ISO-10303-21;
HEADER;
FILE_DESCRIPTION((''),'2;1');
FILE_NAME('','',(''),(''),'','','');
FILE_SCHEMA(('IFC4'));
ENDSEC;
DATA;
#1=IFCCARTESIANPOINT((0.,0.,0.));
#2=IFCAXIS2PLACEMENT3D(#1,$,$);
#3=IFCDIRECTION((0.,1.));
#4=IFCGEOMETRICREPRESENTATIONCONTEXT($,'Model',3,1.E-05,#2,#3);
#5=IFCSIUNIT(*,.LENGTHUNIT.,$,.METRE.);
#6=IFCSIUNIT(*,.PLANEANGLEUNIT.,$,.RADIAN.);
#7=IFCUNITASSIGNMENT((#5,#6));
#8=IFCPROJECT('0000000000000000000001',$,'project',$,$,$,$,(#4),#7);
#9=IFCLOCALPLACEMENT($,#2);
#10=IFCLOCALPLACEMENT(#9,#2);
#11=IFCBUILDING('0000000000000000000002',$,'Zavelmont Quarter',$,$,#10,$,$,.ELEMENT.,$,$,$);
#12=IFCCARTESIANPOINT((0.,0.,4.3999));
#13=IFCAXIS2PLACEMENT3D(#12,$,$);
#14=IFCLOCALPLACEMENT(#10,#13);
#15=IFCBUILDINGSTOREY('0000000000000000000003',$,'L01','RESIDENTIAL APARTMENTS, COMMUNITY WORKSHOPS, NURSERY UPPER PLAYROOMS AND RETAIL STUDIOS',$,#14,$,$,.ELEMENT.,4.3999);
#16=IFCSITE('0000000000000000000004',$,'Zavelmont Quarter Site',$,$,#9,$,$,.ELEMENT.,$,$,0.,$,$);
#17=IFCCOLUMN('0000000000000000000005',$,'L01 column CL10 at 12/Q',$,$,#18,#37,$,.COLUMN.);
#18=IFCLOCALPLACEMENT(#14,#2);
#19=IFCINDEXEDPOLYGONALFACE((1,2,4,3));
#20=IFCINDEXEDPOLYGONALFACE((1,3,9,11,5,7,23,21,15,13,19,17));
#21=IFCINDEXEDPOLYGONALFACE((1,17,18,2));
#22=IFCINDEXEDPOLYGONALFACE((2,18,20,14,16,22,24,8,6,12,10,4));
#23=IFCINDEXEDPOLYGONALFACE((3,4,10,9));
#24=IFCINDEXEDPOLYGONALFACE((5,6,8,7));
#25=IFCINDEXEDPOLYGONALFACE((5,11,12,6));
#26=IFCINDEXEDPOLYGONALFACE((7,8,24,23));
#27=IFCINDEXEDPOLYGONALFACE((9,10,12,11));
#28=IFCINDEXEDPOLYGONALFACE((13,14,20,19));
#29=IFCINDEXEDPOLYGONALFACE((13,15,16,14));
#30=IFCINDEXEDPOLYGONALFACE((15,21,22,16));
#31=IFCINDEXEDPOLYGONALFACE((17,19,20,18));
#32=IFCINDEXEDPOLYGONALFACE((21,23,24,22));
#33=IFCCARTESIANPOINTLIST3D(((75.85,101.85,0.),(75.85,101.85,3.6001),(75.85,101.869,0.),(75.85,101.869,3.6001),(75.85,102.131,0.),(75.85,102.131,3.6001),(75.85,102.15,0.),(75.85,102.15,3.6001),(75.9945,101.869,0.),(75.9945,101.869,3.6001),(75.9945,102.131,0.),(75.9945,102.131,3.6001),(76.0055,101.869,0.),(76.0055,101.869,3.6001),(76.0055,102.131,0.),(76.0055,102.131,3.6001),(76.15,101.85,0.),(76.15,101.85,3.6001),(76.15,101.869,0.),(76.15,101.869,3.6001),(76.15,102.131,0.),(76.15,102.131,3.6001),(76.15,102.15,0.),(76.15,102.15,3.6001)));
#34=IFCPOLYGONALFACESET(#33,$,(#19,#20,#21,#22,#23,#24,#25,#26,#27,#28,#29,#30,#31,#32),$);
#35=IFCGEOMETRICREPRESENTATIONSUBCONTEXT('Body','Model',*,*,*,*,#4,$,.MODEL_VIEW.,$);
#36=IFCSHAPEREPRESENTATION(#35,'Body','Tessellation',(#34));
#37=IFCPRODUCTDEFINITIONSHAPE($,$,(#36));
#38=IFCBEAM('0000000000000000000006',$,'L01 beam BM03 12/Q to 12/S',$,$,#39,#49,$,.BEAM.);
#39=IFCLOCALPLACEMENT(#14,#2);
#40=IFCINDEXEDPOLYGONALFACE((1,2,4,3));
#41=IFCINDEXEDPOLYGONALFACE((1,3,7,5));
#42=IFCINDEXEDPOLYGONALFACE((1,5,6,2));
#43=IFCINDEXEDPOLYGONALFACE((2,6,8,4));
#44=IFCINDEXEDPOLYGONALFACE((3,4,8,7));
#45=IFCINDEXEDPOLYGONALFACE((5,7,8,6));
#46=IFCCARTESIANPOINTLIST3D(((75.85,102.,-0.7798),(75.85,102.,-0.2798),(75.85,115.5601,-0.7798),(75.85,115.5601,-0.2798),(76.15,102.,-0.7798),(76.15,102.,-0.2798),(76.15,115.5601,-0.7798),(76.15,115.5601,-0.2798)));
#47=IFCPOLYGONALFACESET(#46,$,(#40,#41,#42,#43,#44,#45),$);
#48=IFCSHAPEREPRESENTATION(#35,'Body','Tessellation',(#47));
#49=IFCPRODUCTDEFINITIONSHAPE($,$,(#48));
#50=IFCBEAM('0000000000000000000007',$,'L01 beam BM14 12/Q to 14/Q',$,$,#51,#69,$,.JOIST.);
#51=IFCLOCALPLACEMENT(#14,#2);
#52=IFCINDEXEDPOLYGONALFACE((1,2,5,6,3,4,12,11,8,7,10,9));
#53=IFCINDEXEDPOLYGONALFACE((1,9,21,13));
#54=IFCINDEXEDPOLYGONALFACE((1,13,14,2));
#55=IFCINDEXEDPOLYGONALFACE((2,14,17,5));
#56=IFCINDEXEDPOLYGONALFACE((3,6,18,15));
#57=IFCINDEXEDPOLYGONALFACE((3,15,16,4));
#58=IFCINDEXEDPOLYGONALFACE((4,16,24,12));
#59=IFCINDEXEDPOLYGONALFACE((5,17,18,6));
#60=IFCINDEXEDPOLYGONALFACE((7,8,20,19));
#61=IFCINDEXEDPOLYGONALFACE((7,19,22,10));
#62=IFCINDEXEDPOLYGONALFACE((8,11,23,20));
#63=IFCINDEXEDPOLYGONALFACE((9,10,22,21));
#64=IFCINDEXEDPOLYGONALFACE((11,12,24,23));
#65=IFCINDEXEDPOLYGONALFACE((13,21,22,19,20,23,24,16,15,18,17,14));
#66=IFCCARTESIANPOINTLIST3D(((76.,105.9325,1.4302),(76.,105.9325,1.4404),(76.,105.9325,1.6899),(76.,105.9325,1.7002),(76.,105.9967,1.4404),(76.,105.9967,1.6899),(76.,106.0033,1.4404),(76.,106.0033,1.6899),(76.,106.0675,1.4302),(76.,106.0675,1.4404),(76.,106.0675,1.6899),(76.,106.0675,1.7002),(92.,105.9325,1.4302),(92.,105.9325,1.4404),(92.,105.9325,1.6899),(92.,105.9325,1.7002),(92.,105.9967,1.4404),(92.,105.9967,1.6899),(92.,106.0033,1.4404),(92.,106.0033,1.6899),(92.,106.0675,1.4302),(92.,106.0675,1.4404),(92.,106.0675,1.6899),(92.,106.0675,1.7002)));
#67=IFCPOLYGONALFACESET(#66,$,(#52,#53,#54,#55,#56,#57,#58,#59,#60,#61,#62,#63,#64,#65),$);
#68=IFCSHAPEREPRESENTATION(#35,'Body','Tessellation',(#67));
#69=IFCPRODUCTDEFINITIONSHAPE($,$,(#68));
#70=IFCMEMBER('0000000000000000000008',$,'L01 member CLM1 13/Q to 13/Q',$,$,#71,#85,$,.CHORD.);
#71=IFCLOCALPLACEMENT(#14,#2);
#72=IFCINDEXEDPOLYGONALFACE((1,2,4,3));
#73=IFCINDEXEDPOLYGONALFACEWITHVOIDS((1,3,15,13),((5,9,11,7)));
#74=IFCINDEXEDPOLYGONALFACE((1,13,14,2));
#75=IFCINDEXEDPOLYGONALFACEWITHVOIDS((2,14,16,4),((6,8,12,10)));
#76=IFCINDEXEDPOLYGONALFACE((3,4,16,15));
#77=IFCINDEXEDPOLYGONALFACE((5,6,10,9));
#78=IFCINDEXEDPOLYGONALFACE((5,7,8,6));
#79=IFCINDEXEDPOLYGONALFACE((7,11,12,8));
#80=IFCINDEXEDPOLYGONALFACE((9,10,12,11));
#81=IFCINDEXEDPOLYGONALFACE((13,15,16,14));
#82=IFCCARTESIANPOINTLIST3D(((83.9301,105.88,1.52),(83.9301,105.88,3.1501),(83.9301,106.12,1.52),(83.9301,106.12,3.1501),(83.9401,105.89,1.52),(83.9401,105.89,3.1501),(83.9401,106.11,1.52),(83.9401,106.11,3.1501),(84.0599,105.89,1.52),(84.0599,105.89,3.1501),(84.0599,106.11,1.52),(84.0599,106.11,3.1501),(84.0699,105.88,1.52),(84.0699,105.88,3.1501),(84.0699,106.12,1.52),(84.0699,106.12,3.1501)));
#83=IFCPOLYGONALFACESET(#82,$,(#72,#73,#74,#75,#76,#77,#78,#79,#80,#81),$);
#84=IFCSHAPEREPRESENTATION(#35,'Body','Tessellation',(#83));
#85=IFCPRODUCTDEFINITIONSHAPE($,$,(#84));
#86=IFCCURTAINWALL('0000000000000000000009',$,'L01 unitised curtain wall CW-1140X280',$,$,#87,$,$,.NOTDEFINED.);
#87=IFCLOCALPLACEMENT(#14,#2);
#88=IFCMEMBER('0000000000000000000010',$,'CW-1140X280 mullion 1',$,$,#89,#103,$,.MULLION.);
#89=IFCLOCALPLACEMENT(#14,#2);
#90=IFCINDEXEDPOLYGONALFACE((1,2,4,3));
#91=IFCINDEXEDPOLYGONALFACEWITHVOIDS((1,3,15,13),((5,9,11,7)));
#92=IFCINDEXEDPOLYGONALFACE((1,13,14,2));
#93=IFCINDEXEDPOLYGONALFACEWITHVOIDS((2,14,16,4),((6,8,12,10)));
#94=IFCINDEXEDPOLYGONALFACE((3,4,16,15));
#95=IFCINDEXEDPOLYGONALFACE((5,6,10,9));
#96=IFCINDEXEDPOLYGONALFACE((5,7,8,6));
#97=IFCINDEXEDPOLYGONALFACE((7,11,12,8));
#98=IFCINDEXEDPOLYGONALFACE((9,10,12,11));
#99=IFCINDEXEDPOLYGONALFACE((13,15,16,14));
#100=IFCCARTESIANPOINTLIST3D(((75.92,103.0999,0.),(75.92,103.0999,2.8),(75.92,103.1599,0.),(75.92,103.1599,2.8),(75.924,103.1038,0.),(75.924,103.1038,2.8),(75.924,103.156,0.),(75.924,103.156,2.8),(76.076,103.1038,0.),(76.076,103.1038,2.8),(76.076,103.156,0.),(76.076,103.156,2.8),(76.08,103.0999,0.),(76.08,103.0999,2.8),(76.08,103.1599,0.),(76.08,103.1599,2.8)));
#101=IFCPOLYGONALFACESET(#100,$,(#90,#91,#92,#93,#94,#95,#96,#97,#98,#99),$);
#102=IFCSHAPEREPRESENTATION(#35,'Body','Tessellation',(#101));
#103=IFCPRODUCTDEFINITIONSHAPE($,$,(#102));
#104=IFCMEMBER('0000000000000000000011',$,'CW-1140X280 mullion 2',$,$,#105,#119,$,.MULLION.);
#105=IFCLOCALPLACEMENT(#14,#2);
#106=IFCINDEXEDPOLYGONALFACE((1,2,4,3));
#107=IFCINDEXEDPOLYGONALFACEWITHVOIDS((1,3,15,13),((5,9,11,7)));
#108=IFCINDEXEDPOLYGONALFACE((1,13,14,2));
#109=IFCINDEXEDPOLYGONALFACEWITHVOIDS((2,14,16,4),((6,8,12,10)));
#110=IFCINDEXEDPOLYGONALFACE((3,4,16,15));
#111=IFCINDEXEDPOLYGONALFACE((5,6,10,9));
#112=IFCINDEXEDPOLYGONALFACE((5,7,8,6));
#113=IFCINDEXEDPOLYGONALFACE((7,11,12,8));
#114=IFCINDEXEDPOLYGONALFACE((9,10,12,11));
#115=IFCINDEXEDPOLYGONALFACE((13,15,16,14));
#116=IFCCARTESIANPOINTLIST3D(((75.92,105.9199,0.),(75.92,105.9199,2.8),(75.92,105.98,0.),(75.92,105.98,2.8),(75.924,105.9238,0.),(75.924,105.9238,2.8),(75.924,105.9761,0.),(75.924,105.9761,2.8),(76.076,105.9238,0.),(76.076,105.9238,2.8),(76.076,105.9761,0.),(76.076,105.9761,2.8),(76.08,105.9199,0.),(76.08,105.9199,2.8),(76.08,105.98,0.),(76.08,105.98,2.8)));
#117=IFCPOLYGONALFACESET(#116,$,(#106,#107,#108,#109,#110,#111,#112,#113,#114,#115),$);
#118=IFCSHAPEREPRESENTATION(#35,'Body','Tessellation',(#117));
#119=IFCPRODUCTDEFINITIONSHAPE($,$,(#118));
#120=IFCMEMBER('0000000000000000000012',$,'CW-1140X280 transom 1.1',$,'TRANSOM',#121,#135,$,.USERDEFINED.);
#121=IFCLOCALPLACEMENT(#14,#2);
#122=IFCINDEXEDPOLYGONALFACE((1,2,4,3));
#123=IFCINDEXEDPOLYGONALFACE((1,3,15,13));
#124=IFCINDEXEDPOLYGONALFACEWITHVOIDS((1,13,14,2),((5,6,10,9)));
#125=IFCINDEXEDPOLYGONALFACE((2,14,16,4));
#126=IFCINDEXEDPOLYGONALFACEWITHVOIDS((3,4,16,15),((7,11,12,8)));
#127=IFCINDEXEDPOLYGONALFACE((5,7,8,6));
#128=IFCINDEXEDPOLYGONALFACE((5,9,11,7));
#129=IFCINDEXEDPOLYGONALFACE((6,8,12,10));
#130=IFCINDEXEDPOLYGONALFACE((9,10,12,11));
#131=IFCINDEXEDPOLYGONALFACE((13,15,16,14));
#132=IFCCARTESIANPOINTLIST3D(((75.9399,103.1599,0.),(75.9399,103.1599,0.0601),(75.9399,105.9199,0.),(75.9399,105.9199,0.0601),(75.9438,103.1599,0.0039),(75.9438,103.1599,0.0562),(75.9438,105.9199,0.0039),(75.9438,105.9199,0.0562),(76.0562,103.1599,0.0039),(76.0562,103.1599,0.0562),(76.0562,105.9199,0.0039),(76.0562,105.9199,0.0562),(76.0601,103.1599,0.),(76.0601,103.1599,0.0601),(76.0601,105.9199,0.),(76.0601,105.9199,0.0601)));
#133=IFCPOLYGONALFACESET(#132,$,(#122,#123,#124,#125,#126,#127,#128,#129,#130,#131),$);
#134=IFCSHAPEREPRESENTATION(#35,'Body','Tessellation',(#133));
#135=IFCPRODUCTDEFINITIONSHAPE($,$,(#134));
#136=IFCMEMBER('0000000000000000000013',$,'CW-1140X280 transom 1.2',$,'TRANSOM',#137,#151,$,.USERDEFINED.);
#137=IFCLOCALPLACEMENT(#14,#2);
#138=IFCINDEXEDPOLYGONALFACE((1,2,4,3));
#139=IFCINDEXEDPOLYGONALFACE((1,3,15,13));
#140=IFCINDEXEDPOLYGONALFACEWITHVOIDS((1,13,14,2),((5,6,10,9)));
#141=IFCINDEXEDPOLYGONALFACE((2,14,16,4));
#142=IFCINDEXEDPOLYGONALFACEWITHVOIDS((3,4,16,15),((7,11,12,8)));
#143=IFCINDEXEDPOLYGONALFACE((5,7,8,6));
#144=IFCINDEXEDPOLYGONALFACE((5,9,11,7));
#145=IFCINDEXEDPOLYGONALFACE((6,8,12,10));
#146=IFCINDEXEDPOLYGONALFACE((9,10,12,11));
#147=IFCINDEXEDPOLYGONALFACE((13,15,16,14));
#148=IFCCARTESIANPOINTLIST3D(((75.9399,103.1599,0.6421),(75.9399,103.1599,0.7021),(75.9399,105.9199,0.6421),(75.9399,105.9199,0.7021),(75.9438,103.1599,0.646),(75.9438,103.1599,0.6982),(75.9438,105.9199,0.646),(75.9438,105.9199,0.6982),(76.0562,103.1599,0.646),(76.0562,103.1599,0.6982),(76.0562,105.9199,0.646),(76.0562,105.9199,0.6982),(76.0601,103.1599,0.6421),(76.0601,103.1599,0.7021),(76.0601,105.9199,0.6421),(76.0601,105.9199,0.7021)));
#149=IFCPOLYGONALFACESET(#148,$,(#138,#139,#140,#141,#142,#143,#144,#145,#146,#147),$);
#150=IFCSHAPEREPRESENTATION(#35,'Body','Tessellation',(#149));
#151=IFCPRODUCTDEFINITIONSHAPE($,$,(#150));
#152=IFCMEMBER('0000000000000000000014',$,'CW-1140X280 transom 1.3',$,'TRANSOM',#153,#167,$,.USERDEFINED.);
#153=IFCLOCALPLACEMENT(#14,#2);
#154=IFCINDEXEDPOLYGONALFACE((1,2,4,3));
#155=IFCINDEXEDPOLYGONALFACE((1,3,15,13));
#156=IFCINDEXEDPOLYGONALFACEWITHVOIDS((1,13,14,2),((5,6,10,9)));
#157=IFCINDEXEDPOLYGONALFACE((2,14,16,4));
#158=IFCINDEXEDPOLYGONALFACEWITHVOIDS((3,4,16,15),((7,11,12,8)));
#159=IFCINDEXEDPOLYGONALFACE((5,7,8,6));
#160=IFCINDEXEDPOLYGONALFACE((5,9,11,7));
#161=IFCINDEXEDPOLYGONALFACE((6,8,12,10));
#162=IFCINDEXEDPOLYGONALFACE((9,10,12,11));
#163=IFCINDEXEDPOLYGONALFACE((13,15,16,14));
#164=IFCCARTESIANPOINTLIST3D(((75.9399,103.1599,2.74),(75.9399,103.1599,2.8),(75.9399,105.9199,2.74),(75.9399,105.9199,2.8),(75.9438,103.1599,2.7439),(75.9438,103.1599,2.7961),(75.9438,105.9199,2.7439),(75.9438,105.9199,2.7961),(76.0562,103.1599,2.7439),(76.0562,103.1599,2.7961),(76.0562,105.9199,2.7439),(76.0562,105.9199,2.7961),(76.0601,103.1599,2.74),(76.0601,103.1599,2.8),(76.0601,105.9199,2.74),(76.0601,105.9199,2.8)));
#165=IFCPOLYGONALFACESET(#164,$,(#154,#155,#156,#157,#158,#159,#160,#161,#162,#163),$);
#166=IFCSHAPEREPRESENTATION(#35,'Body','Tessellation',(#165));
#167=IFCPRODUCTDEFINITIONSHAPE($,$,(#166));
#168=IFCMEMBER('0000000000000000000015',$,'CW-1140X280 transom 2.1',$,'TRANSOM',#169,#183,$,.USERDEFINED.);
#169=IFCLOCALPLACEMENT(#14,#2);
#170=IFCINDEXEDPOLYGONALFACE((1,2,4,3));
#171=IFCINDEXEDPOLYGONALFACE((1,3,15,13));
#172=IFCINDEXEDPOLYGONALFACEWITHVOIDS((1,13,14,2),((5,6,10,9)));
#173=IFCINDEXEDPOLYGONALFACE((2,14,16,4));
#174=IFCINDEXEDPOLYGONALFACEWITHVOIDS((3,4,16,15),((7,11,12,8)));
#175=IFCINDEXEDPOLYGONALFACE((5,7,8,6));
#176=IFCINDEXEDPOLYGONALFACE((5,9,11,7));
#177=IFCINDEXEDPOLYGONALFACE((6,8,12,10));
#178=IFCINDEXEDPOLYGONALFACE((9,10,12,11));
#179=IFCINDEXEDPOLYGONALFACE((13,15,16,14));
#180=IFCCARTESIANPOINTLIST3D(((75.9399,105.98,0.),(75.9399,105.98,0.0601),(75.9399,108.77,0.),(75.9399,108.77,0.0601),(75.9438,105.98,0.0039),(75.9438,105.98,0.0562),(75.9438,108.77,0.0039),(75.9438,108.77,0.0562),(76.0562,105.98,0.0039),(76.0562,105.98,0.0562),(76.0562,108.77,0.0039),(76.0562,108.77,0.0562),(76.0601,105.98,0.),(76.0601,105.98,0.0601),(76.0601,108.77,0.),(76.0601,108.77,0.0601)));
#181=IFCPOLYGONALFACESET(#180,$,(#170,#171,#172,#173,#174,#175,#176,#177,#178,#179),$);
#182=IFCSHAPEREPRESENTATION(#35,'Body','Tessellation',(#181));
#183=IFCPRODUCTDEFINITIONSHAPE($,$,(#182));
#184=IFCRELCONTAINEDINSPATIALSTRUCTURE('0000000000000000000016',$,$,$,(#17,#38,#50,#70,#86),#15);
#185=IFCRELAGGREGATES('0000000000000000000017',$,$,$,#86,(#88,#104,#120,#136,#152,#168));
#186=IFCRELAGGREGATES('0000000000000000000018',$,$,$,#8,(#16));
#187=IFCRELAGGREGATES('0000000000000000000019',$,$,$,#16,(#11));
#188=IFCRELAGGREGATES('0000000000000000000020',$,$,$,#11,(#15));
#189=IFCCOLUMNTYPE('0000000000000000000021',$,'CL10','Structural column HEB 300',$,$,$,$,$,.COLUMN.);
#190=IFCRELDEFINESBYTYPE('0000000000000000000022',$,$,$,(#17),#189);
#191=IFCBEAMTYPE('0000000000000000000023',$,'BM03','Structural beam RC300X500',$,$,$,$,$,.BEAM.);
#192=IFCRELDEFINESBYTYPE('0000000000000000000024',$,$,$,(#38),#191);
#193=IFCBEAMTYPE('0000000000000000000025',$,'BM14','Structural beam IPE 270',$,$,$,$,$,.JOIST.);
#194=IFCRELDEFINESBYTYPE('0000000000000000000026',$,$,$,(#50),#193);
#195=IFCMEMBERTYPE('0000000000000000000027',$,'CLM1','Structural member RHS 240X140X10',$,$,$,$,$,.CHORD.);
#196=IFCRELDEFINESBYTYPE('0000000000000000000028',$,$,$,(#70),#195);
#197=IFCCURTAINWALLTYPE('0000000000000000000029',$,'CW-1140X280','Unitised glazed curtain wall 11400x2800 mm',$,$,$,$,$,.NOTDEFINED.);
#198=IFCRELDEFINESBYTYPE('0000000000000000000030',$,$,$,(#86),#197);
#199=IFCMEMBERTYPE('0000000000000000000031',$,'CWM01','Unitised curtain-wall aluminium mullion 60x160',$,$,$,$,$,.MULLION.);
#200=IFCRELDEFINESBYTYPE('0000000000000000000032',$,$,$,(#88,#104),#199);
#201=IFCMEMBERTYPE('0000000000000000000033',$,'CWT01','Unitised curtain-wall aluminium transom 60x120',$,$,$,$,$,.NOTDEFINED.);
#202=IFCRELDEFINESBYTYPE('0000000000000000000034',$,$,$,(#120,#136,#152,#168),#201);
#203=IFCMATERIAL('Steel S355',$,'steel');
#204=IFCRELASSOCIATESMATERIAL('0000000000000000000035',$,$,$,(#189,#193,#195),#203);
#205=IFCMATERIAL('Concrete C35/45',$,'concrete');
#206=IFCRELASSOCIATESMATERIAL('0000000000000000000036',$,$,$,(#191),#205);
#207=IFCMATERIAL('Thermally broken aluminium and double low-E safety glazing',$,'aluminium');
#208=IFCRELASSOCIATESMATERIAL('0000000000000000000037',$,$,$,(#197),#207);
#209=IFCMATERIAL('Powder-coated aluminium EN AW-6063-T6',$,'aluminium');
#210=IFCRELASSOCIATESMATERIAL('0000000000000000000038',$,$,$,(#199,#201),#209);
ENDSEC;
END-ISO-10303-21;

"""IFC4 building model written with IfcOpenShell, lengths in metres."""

from ifc_helpers import new_model, si_unit, direction, frame, origin, origin_2d, place, context, subcontext, project, spatial, rectangle, hollow_rectangle, i_section, extrude, material, material_profile, profile_set, type_object, element, aggregate, save


model = new_model("IFC4")

# Units and contexts
model_context = context("Model", 3, precision=1e-05, world=origin(), true_north=direction((0.0, 1.0)))
body_context = subcontext(model_context, "Body", "Model", "MODEL_VIEW")
ifc_project = project(units=[si_unit("LENGTHUNIT", "METRE"), si_unit("PLANEANGLEUNIT", "RADIAN")], contexts=[model_context])

# Site, building, storey
site_placement = place(None, origin())
site = spatial("IfcSite", under=ifc_project, at=site_placement, Name="Zavelmont Quarter Site", CompositionType="ELEMENT", RefElevation=0.0)
building_placement = place(site_placement, origin())
building = spatial("IfcBuilding", under=site, at=building_placement, Name="Zavelmont Quarter", CompositionType="ELEMENT")
storey_placement = place(building_placement, frame((0.0, 0.0, 4.3999)))
storey = spatial("IfcBuildingStorey", under=building, at=storey_placement, Name="L01", Description="RESIDENTIAL APARTMENTS, COMMUNITY WORKSHOPS, NURSERY UPPER PLAYROOMS AND RETAIL STUDIOS", CompositionType="ELEMENT", Elevation=4.3999)

# Column
ifc_material_1 = material(Name="Steel S355", Category="steel")
ifc_material_profile_1 = material_profile(ifc_material_1, i_section(OverallWidth=0.3, OverallDepth=0.3, WebThickness=0.011, FlangeThickness=0.019, at=origin_2d()), Name="HEB 300")
ifc_profile_set_1 = profile_set([ifc_material_profile_1], Name="Steel S355")
column_type = type_object("IfcColumnType", Name="CL10", Description="Structural column HEB 300", PredefinedType="COLUMN", material=ifc_profile_set_1)
column_placement = place(storey_placement, frame((76.0, 102.0, 0.0), z_axis=(0.0, 0.0, 1.0), x_axis=(1.0, 0.0, 0.0)))
element("IfcColumn", 1, at=column_placement, inside=storey, type_object=column_type, Name="L01 column CL10 at 12/Q", PredefinedType="COLUMN", context=body_context, shape_type="SweptSolid", body=[
    extrude(i_section(OverallWidth=0.3, OverallDepth=0.3, WebThickness=0.011, FlangeThickness=0.019, at=origin_2d()), origin(), (0.0, 0.0, 1.0), 3.6001),
])

# Beams
ifc_material_2 = material(Name="Concrete C35/45", Category="concrete")
ifc_material_profile_2 = material_profile(ifc_material_2, rectangle(XDim=0.3, YDim=0.5, at=origin_2d()), Name="RC300X500")
ifc_profile_set_2 = profile_set([ifc_material_profile_2], Name="Concrete C35/45")
beam_type_1 = type_object("IfcBeamType", Name="BM03", Description="Structural beam RC300X500", PredefinedType="BEAM", material=ifc_profile_set_2)
beam_1_placement = place(storey_placement, frame((76.0, 102.0, -0.5298), z_axis=(0.0, 1.0, 0.0), x_axis=(-1.0, 0.0, 0.0)))
element("IfcBeam", 2, at=beam_1_placement, inside=storey, type_object=beam_type_1, Name="L01 beam BM03 12/Q to 12/S", PredefinedType="BEAM", context=body_context, shape_type="SweptSolid", body=[
    extrude(rectangle(XDim=0.3, YDim=0.5, at=origin_2d()), origin(), (0.0, 0.0, 1.0), 13.5601),
])
ifc_material_profile_3 = material_profile(ifc_material_1, i_section(OverallWidth=0.135, OverallDepth=0.27, WebThickness=0.0066, FlangeThickness=0.0103, at=origin_2d()), Name="IPE 270")
ifc_profile_set_3 = profile_set([ifc_material_profile_3], Name="Steel S355")
beam_type_2 = type_object("IfcBeamType", Name="BM14", Description="Structural beam IPE 270", PredefinedType="JOIST", material=ifc_profile_set_3)
beam_2_placement = place(storey_placement, frame((76.0, 106.0, 1.5652), z_axis=(1.0, 0.0, 0.0), x_axis=(0.0, 1.0, 0.0)))
element("IfcBeam", 3, at=beam_2_placement, inside=storey, type_object=beam_type_2, Name="L01 beam BM14 12/Q to 14/Q", PredefinedType="JOIST", context=body_context, shape_type="SweptSolid", body=[
    extrude(i_section(OverallWidth=0.135, OverallDepth=0.27, WebThickness=0.0066, FlangeThickness=0.0103, at=origin_2d()), origin(), (0.0, 0.0, 1.0), 16.0),
])

# Member
ifc_material_profile_4 = material_profile(ifc_material_1, hollow_rectangle(XDim=0.1399, YDim=0.24, WallThickness=0.01, at=origin_2d()), Name="RHS 240X140X10")
ifc_profile_set_4 = profile_set([ifc_material_profile_4], Name="Steel S355")
member_type_1 = type_object("IfcMemberType", Name="CLM1", Description="Structural member RHS 240X140X10", PredefinedType="CHORD", material=ifc_profile_set_4)
member_1_placement = place(storey_placement, frame((84.0, 106.0, 1.52), z_axis=(0.0, 0.0, 1.0), x_axis=(1.0, 0.0, 0.0)))
element("IfcMember", 4, at=member_1_placement, inside=storey, type_object=member_type_1, Name="L01 member CLM1 13/Q to 13/Q", PredefinedType="CHORD", context=body_context, shape_type="SweptSolid", body=[
    extrude(hollow_rectangle(XDim=0.1399, YDim=0.24, WallThickness=0.01, at=origin_2d()), origin(), (0.0, 0.0, 1.0), 1.6301),
])

# Curtain wall, members
ifc_material_3 = material(Name="Thermally broken aluminium and double low-E safety glazing", Category="aluminium")
curtain_wall_type = type_object("IfcCurtainWallType", Name="CW-1140X280", Description="Unitised glazed curtain wall 11400x2800 mm", PredefinedType="NOTDEFINED", material=ifc_material_3)
curtain_wall_placement = place(storey_placement, origin())
curtain_wall = element("IfcCurtainWall", 5, at=curtain_wall_placement, inside=storey, type_object=curtain_wall_type, Name="L01 unitised curtain wall CW-1140X280", PredefinedType="NOTDEFINED")
ifc_material_4 = material(Name="Powder-coated aluminium EN AW-6063-T6", Category="aluminium")
ifc_material_profile_5 = material_profile(ifc_material_4, hollow_rectangle(XDim=0.0601, YDim=0.1599, WallThickness=0.0039, at=origin_2d()), Name="CWM60X160")
ifc_profile_set_5 = profile_set([ifc_material_profile_5], Name="Powder-coated aluminium EN AW-6063-T6")
member_type_2 = type_object("IfcMemberType", Name="CWM01", Description="Unitised curtain-wall aluminium mullion 60x160", PredefinedType="MULLION", material=ifc_profile_set_5)
member_2_placement = place(storey_placement, frame((76.0, 103.1299, 0.0), z_axis=(0.0, 0.0, 1.0), x_axis=(0.0, 1.0, 0.0)))
member_2 = element("IfcMember", 6, at=member_2_placement, type_object=member_type_2, Name="CW-1140X280 mullion 1", PredefinedType="MULLION", context=body_context, shape_type="SweptSolid", body=[
    extrude(hollow_rectangle(XDim=0.0601, YDim=0.1599, WallThickness=0.0039, at=origin_2d()), origin(), (0.0, 0.0, 1.0), 2.8),
])
member_3_placement = place(storey_placement, frame((76.0, 105.95, 0.0), z_axis=(0.0, 0.0, 1.0), x_axis=(0.0, 1.0, 0.0)))
member_3 = element("IfcMember", 7, at=member_3_placement, type_object=member_type_2, Name="CW-1140X280 mullion 2", PredefinedType="MULLION", context=body_context, shape_type="SweptSolid", body=[
    extrude(hollow_rectangle(XDim=0.0601, YDim=0.1599, WallThickness=0.0039, at=origin_2d()), origin(), (0.0, 0.0, 1.0), 2.8),
])
ifc_material_profile_6 = material_profile(ifc_material_4, hollow_rectangle(XDim=0.1201, YDim=0.0601, WallThickness=0.0039, at=origin_2d()), Name="CWT60X120")
ifc_profile_set_6 = profile_set([ifc_material_profile_6], Name="Powder-coated aluminium EN AW-6063-T6")
member_type_3 = type_object("IfcMemberType", Name="CWT01", Description="Unitised curtain-wall aluminium transom 60x120", PredefinedType="NOTDEFINED", material=ifc_profile_set_6)
member_4_placement = place(storey_placement, frame((76.0, 103.1599, 0.03), z_axis=(0.0, 1.0, 0.0), x_axis=(-1.0, 0.0, 0.0)))
member_4 = element("IfcMember", 8, at=member_4_placement, type_object=member_type_3, Name="CW-1140X280 transom 1.1", ObjectType="TRANSOM", PredefinedType="USERDEFINED", context=body_context, shape_type="SweptSolid", body=[
    extrude(hollow_rectangle(XDim=0.1201, YDim=0.0601, WallThickness=0.0039, at=origin_2d()), origin(), (0.0, 0.0, 1.0), 2.76),
])
member_5_placement = place(storey_placement, frame((76.0, 103.1599, 0.6721), z_axis=(0.0, 1.0, 0.0), x_axis=(-1.0, 0.0, 0.0)))
member_5 = element("IfcMember", 9, at=member_5_placement, type_object=member_type_3, Name="CW-1140X280 transom 1.2", ObjectType="TRANSOM", PredefinedType="USERDEFINED", context=body_context, shape_type="SweptSolid", body=[
    extrude(hollow_rectangle(XDim=0.1201, YDim=0.0601, WallThickness=0.0039, at=origin_2d()), origin(), (0.0, 0.0, 1.0), 2.76),
])
member_6_placement = place(storey_placement, frame((76.0, 103.1599, 2.77), z_axis=(0.0, 1.0, 0.0), x_axis=(-1.0, 0.0, 0.0)))
member_6 = element("IfcMember", 10, at=member_6_placement, type_object=member_type_3, Name="CW-1140X280 transom 1.3", ObjectType="TRANSOM", PredefinedType="USERDEFINED", context=body_context, shape_type="SweptSolid", body=[
    extrude(hollow_rectangle(XDim=0.1201, YDim=0.0601, WallThickness=0.0039, at=origin_2d()), origin(), (0.0, 0.0, 1.0), 2.76),
])
member_7_placement = place(storey_placement, frame((76.0, 105.98, 0.03), z_axis=(0.0, 1.0, 0.0), x_axis=(-1.0, 0.0, 0.0)))
member_7 = element("IfcMember", 11, at=member_7_placement, type_object=member_type_3, Name="CW-1140X280 transom 2.1", ObjectType="TRANSOM", PredefinedType="USERDEFINED", context=body_context, shape_type="SweptSolid", body=[
    extrude(hollow_rectangle(XDim=0.1201, YDim=0.0601, WallThickness=0.0039, at=origin_2d()), origin(), (0.0, 0.0, 1.0), 2.79),
])

aggregate(curtain_wall, [member_2, member_3, member_4, member_5, member_6, member_7])

save(model, "model.ifc")
